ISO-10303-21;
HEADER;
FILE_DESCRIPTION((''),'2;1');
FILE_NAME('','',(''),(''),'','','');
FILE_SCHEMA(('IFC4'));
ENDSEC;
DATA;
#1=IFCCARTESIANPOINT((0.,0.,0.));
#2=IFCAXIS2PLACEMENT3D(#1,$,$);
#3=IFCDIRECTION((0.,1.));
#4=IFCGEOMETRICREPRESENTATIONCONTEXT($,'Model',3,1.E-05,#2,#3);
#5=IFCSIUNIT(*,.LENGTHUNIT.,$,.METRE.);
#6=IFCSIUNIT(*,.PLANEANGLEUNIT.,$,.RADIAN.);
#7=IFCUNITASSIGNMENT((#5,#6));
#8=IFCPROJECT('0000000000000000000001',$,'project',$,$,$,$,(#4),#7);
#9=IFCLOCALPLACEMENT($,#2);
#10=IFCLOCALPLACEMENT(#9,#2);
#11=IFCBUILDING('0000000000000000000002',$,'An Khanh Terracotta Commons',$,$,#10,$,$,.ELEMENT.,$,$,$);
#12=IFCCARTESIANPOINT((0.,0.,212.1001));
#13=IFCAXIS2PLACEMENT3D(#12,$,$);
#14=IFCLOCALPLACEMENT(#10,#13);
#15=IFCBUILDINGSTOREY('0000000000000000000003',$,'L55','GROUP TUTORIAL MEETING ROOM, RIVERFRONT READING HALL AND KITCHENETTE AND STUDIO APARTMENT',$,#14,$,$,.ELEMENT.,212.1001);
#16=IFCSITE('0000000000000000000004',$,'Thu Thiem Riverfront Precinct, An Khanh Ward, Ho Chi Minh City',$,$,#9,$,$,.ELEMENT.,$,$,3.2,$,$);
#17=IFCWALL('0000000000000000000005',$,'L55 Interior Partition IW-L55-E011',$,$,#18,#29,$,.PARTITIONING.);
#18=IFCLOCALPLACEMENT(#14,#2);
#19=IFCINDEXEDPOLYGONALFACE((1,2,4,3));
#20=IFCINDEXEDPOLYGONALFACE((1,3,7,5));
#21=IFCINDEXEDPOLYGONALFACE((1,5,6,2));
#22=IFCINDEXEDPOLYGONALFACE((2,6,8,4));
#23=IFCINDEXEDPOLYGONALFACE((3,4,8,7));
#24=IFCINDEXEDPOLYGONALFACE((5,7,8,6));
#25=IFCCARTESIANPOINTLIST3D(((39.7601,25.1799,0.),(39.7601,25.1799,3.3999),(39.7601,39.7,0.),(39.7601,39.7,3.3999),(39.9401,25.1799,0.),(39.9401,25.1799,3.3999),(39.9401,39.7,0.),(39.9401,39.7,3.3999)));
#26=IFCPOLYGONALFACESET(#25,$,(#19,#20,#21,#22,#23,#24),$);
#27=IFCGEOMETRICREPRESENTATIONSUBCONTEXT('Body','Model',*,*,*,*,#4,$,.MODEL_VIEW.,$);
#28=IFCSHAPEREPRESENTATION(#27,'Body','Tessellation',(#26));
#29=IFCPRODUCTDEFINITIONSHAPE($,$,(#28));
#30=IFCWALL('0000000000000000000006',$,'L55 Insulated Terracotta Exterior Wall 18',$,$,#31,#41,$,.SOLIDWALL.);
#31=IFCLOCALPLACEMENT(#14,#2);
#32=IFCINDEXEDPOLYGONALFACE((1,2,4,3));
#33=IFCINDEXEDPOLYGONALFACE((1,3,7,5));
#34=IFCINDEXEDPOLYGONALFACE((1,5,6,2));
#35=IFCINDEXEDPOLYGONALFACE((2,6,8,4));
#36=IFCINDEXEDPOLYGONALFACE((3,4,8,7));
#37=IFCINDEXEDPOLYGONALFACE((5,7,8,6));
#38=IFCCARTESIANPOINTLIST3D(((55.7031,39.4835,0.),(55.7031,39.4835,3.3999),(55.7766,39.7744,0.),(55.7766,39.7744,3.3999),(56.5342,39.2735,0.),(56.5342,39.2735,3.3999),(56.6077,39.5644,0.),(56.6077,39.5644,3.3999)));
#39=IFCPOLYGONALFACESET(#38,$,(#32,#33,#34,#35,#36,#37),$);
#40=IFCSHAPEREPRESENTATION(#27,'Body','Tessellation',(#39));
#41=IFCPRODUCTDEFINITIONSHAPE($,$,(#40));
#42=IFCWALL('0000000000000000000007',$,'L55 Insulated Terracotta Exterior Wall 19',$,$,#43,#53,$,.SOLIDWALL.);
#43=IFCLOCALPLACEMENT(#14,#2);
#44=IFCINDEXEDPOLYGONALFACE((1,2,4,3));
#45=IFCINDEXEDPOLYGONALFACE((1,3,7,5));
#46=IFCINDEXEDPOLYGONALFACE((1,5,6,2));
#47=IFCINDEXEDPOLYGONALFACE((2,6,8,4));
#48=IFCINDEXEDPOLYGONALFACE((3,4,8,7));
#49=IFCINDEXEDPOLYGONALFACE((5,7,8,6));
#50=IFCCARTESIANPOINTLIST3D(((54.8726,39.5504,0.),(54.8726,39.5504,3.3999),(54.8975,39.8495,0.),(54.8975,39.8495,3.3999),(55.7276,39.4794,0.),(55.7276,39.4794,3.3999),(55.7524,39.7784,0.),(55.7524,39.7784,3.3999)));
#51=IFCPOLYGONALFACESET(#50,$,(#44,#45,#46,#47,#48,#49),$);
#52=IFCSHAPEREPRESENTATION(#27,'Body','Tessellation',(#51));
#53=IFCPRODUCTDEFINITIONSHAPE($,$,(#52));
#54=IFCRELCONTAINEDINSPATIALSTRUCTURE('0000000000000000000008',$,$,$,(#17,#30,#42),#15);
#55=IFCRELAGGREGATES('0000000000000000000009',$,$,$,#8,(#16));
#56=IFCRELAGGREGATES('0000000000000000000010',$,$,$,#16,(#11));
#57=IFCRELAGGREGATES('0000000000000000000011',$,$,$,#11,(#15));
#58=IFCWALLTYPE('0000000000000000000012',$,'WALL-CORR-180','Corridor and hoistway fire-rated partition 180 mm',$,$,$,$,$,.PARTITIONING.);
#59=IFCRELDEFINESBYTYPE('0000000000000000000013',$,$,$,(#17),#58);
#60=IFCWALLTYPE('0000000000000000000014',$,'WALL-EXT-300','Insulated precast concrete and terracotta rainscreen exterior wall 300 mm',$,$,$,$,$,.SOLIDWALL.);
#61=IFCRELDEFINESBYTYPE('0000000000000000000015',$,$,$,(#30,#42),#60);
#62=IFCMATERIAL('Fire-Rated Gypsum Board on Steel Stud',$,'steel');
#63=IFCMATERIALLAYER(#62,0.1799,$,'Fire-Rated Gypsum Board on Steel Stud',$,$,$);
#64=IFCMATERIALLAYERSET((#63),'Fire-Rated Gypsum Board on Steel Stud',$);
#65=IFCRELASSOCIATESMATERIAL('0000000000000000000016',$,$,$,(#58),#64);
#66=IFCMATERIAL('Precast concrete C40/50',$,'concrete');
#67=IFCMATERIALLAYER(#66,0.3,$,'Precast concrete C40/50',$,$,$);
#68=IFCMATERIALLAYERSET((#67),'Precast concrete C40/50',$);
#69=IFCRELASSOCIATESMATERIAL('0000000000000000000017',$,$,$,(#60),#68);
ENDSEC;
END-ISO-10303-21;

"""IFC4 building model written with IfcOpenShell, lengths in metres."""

from ifc_helpers import new_model, si_unit, direction, frame, frame_2d, origin, place, context, subcontext, project, spatial, rectangle, extrude, material, layer, layer_set, type_object, element, save


model = new_model("IFC4")

# Units and contexts
model_context = context("Model", 3, precision=1e-05, world=origin(), true_north=direction((0.0, 1.0)))
body_context = subcontext(model_context, "Body", "Model", "MODEL_VIEW")
ifc_project = project(units=[si_unit("LENGTHUNIT", "METRE"), si_unit("PLANEANGLEUNIT", "RADIAN")], contexts=[model_context])

# Site, building, storey
site_placement = place(None, origin())
site = spatial("IfcSite", under=ifc_project, at=site_placement, Name="Thu Thiem Riverfront Precinct, An Khanh Ward, Ho Chi Minh City", CompositionType="ELEMENT", RefElevation=3.2)
building_placement = place(site_placement, origin())
building = spatial("IfcBuilding", under=site, at=building_placement, Name="An Khanh Terracotta Commons", CompositionType="ELEMENT")
storey_placement = place(building_placement, frame((0.0, 0.0, 212.1001)))
storey = spatial("IfcBuildingStorey", under=building, at=storey_placement, Name="L55", Description="GROUP TUTORIAL MEETING ROOM, RIVERFRONT READING HALL AND KITCHENETTE AND STUDIO APARTMENT", CompositionType="ELEMENT", Elevation=212.1001)

# Walls
ifc_material_1 = material(Name="Fire-Rated Gypsum Board on Steel Stud", Category="steel")
ifc_layer_1 = layer(ifc_material_1, 0.1799, Name="Fire-Rated Gypsum Board on Steel Stud")
ifc_layer_set_1 = layer_set([ifc_layer_1], Name="Fire-Rated Gypsum Board on Steel Stud")
wall_type_1 = type_object("IfcWallType", Name="WALL-CORR-180", Description="Corridor and hoistway fire-rated partition 180 mm", PredefinedType="PARTITIONING", material=ifc_layer_set_1)
wall_1_placement = place(storey_placement, frame((39.8501, 25.1799, 0.0), z_axis=(0.0, 0.0, 1.0), x_axis=(0.0, 1.0, 0.0)))
element("IfcWall", 1, at=wall_1_placement, inside=storey, type_object=wall_type_1, Name="L55 Interior Partition IW-L55-E011", PredefinedType="PARTITIONING", context=body_context, shape_type="SweptSolid", body=[
    extrude(rectangle(XDim=14.52, YDim=0.1799, at=frame_2d((7.26, 0.0))), origin(), (0.0, 0.0, 1.0), 3.3999),
])
ifc_material_2 = material(Name="Precast concrete C40/50", Category="concrete")
ifc_layer_2 = layer(ifc_material_2, 0.3, Name="Precast concrete C40/50")
ifc_layer_set_2 = layer_set([ifc_layer_2], Name="Precast concrete C40/50")
wall_type_2 = type_object("IfcWallType", Name="WALL-EXT-300", Description="Insulated precast concrete and terracotta rainscreen exterior wall 300 mm", PredefinedType="SOLIDWALL", material=ifc_layer_set_2)
wall_2_placement = place(storey_placement, frame((56.571, 39.4189, 0.0), z_axis=(0.0, 0.0, 1.0), x_axis=(-0.969536, 0.244947, 0.0)))
element("IfcWall", 2, at=wall_2_placement, inside=storey, type_object=wall_type_2, Name="L55 Insulated Terracotta Exterior Wall 18", PredefinedType="SOLIDWALL", context=body_context, shape_type="SweptSolid", body=[
    extrude(rectangle(XDim=0.8572, YDim=0.3, at=frame_2d((0.4287, 0.0))), origin(), (0.0, 0.0, 1.0), 3.3999),
])
wall_3_placement = place(storey_placement, frame((55.74, 39.6289, 0.0), z_axis=(0.0, 0.0, 1.0), x_axis=(-0.996565, 0.08281, 0.0)))
element("IfcWall", 3, at=wall_3_placement, inside=storey, type_object=wall_type_2, Name="L55 Insulated Terracotta Exterior Wall 19", PredefinedType="SOLIDWALL", context=body_context, shape_type="SweptSolid", body=[
    extrude(rectangle(XDim=0.8579, YDim=0.3, at=frame_2d((0.429, 0.0))), origin(), (0.0, 0.0, 1.0), 3.3999),
])

save(model, "model.ifc")
